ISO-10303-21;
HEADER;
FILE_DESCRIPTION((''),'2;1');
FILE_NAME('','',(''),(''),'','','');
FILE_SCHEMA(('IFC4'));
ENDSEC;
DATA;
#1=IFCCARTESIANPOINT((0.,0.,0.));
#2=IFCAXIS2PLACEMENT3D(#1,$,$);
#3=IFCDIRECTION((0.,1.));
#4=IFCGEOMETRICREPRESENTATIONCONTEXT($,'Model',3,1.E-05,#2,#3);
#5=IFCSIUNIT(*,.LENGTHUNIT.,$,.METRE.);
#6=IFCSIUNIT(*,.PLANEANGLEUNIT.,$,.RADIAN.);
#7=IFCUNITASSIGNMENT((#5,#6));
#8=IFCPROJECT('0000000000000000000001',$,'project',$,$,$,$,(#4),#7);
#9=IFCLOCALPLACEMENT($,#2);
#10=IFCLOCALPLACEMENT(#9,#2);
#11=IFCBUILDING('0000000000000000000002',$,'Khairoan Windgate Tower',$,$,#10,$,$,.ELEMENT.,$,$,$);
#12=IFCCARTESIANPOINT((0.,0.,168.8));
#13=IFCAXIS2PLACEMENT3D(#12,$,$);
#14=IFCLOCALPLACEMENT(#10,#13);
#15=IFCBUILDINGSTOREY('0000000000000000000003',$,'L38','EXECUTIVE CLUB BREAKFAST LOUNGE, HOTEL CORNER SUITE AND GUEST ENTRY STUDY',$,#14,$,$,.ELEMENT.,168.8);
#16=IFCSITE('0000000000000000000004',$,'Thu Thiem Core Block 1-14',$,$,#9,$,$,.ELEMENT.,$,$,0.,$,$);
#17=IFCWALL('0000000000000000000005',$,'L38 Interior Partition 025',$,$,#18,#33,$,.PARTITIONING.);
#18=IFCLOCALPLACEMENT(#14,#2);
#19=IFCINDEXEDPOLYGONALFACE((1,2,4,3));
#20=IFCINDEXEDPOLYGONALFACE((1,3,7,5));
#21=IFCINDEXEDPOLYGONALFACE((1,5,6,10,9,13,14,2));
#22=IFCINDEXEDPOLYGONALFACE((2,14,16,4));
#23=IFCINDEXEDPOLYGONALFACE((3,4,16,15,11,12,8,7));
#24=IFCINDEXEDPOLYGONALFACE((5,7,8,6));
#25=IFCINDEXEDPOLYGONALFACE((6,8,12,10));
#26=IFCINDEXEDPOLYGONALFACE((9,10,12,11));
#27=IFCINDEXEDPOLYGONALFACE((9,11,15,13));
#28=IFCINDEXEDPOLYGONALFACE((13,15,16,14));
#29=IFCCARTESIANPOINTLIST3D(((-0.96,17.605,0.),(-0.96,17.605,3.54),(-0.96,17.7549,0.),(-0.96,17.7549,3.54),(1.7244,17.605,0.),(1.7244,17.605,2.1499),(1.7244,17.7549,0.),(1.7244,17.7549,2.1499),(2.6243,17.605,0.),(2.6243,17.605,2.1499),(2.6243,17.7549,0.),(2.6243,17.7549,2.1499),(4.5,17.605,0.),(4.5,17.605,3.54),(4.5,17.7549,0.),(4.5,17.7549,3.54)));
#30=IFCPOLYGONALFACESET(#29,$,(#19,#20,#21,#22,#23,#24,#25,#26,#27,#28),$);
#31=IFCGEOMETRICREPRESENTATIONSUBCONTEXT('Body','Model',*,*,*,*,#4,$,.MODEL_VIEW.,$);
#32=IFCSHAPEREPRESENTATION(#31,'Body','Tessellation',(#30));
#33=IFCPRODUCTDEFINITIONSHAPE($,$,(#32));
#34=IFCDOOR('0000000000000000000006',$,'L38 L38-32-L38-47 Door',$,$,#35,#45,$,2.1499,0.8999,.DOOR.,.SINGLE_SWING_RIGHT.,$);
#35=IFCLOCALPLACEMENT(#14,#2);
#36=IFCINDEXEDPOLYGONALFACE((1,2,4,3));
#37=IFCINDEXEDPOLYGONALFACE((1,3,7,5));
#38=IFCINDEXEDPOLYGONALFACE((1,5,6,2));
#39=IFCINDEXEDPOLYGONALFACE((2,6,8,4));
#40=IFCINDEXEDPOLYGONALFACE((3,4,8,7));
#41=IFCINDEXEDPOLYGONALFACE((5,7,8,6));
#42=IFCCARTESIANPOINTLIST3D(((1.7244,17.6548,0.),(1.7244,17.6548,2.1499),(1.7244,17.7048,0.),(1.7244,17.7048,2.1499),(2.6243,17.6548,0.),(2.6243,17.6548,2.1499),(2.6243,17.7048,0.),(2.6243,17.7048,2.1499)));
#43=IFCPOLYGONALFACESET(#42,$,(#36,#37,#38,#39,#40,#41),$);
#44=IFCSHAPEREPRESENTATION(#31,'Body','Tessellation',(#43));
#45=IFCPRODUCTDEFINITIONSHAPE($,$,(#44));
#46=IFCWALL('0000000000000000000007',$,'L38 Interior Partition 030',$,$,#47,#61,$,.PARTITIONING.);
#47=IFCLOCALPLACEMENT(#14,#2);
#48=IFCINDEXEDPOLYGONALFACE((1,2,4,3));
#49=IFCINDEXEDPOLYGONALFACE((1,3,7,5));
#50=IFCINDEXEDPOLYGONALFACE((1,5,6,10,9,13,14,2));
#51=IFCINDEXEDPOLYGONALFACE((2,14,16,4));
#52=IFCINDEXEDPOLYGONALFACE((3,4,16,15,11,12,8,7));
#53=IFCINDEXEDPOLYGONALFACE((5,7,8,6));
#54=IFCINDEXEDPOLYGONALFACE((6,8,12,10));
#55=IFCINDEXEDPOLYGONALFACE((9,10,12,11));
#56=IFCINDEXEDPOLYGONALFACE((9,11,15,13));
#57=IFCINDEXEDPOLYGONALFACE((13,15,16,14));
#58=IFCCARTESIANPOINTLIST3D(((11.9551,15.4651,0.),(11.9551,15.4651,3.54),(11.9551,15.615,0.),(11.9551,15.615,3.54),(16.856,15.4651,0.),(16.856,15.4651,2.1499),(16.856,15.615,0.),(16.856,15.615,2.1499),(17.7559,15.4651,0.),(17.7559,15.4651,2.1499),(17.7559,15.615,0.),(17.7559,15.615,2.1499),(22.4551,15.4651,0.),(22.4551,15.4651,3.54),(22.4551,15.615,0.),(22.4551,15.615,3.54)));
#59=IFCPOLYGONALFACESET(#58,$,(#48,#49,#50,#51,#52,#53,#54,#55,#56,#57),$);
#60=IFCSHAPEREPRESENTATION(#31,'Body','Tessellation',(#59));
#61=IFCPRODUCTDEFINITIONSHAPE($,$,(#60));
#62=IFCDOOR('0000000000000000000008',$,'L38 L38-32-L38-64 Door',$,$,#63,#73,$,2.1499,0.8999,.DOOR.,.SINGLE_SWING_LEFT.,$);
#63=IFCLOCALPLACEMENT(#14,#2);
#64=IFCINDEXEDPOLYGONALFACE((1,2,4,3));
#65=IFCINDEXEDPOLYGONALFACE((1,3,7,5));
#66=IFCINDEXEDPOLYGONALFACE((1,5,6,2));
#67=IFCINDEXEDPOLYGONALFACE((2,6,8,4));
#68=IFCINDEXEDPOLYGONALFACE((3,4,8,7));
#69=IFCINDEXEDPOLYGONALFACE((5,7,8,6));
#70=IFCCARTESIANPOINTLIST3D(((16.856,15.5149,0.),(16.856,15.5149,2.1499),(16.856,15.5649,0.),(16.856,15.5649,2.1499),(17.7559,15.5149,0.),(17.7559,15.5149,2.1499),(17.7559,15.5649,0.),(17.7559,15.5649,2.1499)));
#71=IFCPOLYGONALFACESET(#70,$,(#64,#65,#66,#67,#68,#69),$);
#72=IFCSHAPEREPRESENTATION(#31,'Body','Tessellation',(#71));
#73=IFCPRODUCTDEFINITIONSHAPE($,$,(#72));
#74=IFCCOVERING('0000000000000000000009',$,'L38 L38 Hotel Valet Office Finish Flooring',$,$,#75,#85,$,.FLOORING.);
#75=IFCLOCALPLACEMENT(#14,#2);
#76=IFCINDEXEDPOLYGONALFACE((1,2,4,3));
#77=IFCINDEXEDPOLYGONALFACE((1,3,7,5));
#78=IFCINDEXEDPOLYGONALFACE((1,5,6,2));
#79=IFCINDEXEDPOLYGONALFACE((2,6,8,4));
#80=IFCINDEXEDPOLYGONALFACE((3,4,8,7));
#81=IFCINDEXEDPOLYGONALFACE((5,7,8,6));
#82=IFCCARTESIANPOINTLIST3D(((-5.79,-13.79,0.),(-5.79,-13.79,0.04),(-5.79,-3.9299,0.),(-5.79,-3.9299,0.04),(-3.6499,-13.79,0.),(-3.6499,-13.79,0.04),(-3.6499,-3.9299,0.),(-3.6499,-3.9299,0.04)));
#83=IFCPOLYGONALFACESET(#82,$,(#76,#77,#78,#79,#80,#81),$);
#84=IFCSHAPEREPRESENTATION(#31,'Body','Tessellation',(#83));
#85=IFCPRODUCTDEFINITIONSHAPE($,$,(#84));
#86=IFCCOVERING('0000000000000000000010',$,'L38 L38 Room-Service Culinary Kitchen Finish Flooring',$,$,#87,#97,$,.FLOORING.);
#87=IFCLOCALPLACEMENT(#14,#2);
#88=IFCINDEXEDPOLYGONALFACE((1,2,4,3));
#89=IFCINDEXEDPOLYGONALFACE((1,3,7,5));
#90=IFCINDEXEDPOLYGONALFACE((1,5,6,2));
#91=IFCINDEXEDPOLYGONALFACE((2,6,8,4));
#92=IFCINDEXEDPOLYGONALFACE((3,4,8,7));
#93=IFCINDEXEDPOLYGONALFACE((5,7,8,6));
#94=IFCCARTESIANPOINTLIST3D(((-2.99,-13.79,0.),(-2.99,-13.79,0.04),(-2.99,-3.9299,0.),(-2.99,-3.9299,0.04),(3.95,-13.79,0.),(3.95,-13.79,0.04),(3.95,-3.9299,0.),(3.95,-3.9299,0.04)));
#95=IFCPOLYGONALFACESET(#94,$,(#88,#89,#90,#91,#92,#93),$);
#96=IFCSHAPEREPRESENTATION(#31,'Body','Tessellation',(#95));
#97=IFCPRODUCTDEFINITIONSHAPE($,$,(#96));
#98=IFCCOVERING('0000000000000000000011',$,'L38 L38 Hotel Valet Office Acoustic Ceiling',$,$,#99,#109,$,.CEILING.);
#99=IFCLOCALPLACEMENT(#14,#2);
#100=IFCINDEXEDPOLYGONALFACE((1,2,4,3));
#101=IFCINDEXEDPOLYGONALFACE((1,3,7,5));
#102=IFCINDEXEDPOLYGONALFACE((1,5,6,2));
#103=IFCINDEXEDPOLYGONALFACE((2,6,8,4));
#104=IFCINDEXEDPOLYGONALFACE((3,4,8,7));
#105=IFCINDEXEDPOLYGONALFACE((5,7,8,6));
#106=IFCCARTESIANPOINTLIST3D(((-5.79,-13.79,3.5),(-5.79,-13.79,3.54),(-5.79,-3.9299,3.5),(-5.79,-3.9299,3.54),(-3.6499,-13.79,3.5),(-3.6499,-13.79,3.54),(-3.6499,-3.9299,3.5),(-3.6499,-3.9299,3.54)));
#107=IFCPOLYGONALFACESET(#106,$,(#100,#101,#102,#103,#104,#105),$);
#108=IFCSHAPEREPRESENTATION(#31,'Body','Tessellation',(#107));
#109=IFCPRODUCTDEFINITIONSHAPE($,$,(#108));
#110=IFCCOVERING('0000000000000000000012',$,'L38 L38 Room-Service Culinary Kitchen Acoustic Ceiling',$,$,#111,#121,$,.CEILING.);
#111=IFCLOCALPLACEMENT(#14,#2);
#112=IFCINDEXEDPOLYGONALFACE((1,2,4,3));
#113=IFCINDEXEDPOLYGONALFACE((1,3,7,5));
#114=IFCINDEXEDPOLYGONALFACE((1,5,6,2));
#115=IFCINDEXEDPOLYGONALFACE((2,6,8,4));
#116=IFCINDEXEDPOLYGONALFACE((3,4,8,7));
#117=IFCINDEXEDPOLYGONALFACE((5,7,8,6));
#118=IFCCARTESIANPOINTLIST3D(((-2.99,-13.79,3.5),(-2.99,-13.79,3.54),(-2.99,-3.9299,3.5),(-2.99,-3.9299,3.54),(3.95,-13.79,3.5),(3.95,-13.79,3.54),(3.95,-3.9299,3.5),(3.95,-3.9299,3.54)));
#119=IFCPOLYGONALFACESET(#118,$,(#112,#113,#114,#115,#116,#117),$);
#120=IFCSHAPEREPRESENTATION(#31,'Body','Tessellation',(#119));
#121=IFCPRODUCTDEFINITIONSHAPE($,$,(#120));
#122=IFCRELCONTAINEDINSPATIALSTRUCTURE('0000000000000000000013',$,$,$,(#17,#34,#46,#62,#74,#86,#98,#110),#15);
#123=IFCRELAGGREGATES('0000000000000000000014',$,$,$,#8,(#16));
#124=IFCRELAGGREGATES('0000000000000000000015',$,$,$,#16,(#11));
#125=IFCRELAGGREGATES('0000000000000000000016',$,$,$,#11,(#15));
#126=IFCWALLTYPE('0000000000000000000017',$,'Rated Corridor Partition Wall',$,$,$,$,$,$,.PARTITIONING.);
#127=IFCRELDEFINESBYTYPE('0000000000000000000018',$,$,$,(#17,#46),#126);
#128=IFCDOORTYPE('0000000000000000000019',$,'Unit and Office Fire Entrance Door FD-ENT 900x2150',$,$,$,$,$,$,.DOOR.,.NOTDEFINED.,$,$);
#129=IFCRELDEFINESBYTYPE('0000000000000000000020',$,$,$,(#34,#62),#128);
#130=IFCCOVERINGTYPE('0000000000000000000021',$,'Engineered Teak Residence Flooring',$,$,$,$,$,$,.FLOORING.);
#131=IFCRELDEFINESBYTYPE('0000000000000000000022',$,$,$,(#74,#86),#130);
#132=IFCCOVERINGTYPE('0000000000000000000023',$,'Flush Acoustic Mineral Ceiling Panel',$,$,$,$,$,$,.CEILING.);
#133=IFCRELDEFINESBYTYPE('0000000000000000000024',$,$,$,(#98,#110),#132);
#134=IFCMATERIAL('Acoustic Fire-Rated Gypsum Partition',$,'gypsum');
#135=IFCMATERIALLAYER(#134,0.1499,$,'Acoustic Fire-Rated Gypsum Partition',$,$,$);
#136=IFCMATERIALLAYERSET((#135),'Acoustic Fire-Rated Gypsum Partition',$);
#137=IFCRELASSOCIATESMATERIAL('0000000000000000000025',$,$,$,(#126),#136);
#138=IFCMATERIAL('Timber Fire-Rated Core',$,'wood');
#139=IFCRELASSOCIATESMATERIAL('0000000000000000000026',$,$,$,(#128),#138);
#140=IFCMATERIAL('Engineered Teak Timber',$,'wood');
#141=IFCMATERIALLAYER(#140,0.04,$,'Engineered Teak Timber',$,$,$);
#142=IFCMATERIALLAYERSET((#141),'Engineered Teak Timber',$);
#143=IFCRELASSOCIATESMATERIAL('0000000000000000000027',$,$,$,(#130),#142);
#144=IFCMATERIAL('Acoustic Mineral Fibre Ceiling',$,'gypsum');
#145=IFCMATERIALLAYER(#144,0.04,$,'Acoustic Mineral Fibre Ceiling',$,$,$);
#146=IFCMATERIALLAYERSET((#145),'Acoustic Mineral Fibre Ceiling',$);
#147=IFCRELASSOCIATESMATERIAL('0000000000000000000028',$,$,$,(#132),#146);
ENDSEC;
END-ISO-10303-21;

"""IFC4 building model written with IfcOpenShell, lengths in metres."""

from ifc_helpers import new_model, si_unit, direction, frame, frame_2d, origin, place, context, subcontext, project, spatial, polyline, rectangle, outline, extrude, material, layer, layer_set, type_object, element, fill, save


model = new_model("IFC4")

# Units and contexts
model_context = context("Model", 3, precision=1e-05, world=origin(), true_north=direction((0.0, 1.0)))
body_context = subcontext(model_context, "Body", "Model", "MODEL_VIEW")
ifc_project = project(units=[si_unit("LENGTHUNIT", "METRE"), si_unit("PLANEANGLEUNIT", "RADIAN")], contexts=[model_context])

# Site, building, storey
site_placement = place(None, origin())
site = spatial("IfcSite", under=ifc_project, at=site_placement, Name="Thu Thiem Core Block 1-14", CompositionType="ELEMENT", RefElevation=0.0)
building_placement = place(site_placement, origin())
building = spatial("IfcBuilding", under=site, at=building_placement, Name="Khairoan Windgate Tower", CompositionType="ELEMENT")
storey_placement = place(building_placement, frame((0.0, 0.0, 168.8)))
storey = spatial("IfcBuildingStorey", under=building, at=storey_placement, Name="L38", Description="EXECUTIVE CLUB BREAKFAST LOUNGE, HOTEL CORNER SUITE AND GUEST ENTRY STUDY", CompositionType="ELEMENT", Elevation=168.8)

# Walls, openings, doors
ifc_material_1 = material(Name="Acoustic Fire-Rated Gypsum Partition", Category="gypsum")
ifc_layer_1 = layer(ifc_material_1, 0.1499, Name="Acoustic Fire-Rated Gypsum Partition")
ifc_layer_set_1 = layer_set([ifc_layer_1], Name="Acoustic Fire-Rated Gypsum Partition")
wall_type_1 = type_object("IfcWallType", Name="Rated Corridor Partition Wall", PredefinedType="PARTITIONING", material=ifc_layer_set_1)
ifc_material_2 = material(Name="Timber Fire-Rated Core", Category="wood")
door_type = type_object("IfcDoorType", Name="Unit and Office Fire Entrance Door FD-ENT 900x2150", OperationType="NOTDEFINED", PredefinedType="DOOR", material=ifc_material_2)
wall_1_placement = place(storey_placement, frame((-0.96, 17.6799, 0.0), z_axis=(0.0, 0.0, 1.0), x_axis=(1.0, 0.0, 0.0)))
wall_1 = element("IfcWall", 1, at=wall_1_placement, inside=storey, type_object=wall_type_1, Name="L38 Interior Partition 025", PredefinedType="PARTITIONING", context=body_context, shape_type="SweptSolid", body=[
    extrude(rectangle(XDim=5.46, YDim=0.1499, at=frame_2d((2.73, 0.0))), origin(), (0.0, 0.0, 1.0), 3.54),
])
opening_1_placement = place(wall_1_placement, frame((2.6843, 0.0, 0.0)))
opening_1 = element("IfcOpeningElement", 2, at=opening_1_placement, cuts=wall_1, PredefinedType="OPENING", context=body_context, shape_type="SweptSolid", body=[
    extrude(rectangle(XDim=0.8999, YDim=2.1499, at=frame_2d((0.45, 1.075))), frame((0.0, 0.085, 0.0), z_axis=(0.0, -1.0, 0.0), x_axis=(1.0, 0.0, 0.0)), (0.0, 0.0, 1.0), 0.1699),
])
door_1_placement = place(opening_1_placement, origin())
door_1 = element("IfcDoor", 3, at=door_1_placement, inside=storey, type_object=door_type, Name="L38 L38-32-L38-47 Door", OperationType="SINGLE_SWING_RIGHT", OverallHeight=2.1499, OverallWidth=0.8999, PredefinedType="DOOR", context=body_context, shape_type="SweptSolid", body=[
    extrude(rectangle(XDim=0.8999, YDim=2.1499, at=frame_2d((0.45, 1.075))), frame((0.0, 0.0249, 0.0), z_axis=(0.0, -1.0, 0.0), x_axis=(1.0, 0.0, 0.0)), (0.0, 0.0, 1.0), 0.05),
])
fill(opening_1, door_1)
wall_2_placement = place(storey_placement, frame((11.9551, 15.54, 0.0), z_axis=(0.0, 0.0, 1.0), x_axis=(1.0, 0.0, 0.0)))
wall_2 = element("IfcWall", 4, at=wall_2_placement, inside=storey, type_object=wall_type_1, Name="L38 Interior Partition 030", PredefinedType="PARTITIONING", context=body_context, shape_type="SweptSolid", body=[
    extrude(rectangle(XDim=10.5, YDim=0.1499, at=frame_2d((5.25, 0.0))), origin(), (0.0, 0.0, 1.0), 3.54),
])
opening_2_placement = place(wall_2_placement, frame((4.9009, 0.0, 0.0)))
opening_2 = element("IfcOpeningElement", 5, at=opening_2_placement, cuts=wall_2, PredefinedType="OPENING", context=body_context, shape_type="SweptSolid", body=[
    extrude(rectangle(XDim=0.8999, YDim=2.1499, at=frame_2d((0.45, 1.075))), frame((0.0, 0.085, 0.0), z_axis=(0.0, -1.0, 0.0), x_axis=(1.0, 0.0, 0.0)), (0.0, 0.0, 1.0), 0.1699),
])
door_2_placement = place(opening_2_placement, origin())
door_2 = element("IfcDoor", 6, at=door_2_placement, inside=storey, type_object=door_type, Name="L38 L38-32-L38-64 Door", OperationType="SINGLE_SWING_LEFT", OverallHeight=2.1499, OverallWidth=0.8999, PredefinedType="DOOR", context=body_context, shape_type="SweptSolid", body=[
    extrude(rectangle(XDim=0.8999, YDim=2.1499, at=frame_2d((0.45, 1.075))), frame((0.0, 0.0249, 0.0), z_axis=(0.0, -1.0, 0.0), x_axis=(1.0, 0.0, 0.0)), (0.0, 0.0, 1.0), 0.05),
])
fill(opening_2, door_2)

# Coverings
ifc_material_3 = material(Name="Engineered Teak Timber", Category="wood")
ifc_layer_2 = layer(ifc_material_3, 0.04, Name="Engineered Teak Timber")
ifc_layer_set_2 = layer_set([ifc_layer_2], Name="Engineered Teak Timber")
covering_type_1 = type_object("IfcCoveringType", Name="Engineered Teak Residence Flooring", PredefinedType="FLOORING", material=ifc_layer_set_2)
covering_1_placement = place(storey_placement, origin())
element("IfcCovering", 7, at=covering_1_placement, inside=storey, type_object=covering_type_1, Name="L38 L38 Hotel Valet Office Finish Flooring", PredefinedType="FLOORING", context=body_context, shape_type="SweptSolid", body=[
    extrude(outline(polyline([(-5.79, -3.9299), (-3.6499, -3.9299), (-3.6499, -13.79), (-5.79, -13.79), (-5.79, -3.9299)])), origin(), (0.0, 0.0, 1.0), 0.04),
])
covering_2_placement = place(storey_placement, origin())
element("IfcCovering", 8, at=covering_2_placement, inside=storey, type_object=covering_type_1, Name="L38 L38 Room-Service Culinary Kitchen Finish Flooring", PredefinedType="FLOORING", context=body_context, shape_type="SweptSolid", body=[
    extrude(outline(polyline([(-2.99, -3.9299), (3.95, -3.9299), (3.95, -13.79), (-2.99, -13.79), (-2.99, -3.9299)])), origin(), (0.0, 0.0, 1.0), 0.04),
])
ifc_material_4 = material(Name="Acoustic Mineral Fibre Ceiling", Category="gypsum")
ifc_layer_3 = layer(ifc_material_4, 0.04, Name="Acoustic Mineral Fibre Ceiling")
ifc_layer_set_3 = layer_set([ifc_layer_3], Name="Acoustic Mineral Fibre Ceiling")
covering_type_2 = type_object("IfcCoveringType", Name="Flush Acoustic Mineral Ceiling Panel", PredefinedType="CEILING", material=ifc_layer_set_3)
covering_3_placement = place(storey_placement, frame((0.0, 0.0, 3.5)))
element("IfcCovering", 9, at=covering_3_placement, inside=storey, type_object=covering_type_2, Name="L38 L38 Hotel Valet Office Acoustic Ceiling", PredefinedType="CEILING", context=body_context, shape_type="SweptSolid", body=[
    extrude(outline(polyline([(-5.79, -3.9299), (-3.6499, -3.9299), (-3.6499, -13.79), (-5.79, -13.79), (-5.79, -3.9299)])), origin(), (0.0, 0.0, 1.0), 0.04),
])
covering_4_placement = place(storey_placement, frame((0.0, 0.0, 3.5)))
element("IfcCovering", 10, at=covering_4_placement, inside=storey, type_object=covering_type_2, Name="L38 L38 Room-Service Culinary Kitchen Acoustic Ceiling", PredefinedType="CEILING", context=body_context, shape_type="SweptSolid", body=[
    extrude(outline(polyline([(-2.99, -3.9299), (3.95, -3.9299), (3.95, -13.79), (-2.99, -13.79), (-2.99, -3.9299)])), origin(), (0.0, 0.0, 1.0), 0.04),
])

save(model, "model.ifc")
